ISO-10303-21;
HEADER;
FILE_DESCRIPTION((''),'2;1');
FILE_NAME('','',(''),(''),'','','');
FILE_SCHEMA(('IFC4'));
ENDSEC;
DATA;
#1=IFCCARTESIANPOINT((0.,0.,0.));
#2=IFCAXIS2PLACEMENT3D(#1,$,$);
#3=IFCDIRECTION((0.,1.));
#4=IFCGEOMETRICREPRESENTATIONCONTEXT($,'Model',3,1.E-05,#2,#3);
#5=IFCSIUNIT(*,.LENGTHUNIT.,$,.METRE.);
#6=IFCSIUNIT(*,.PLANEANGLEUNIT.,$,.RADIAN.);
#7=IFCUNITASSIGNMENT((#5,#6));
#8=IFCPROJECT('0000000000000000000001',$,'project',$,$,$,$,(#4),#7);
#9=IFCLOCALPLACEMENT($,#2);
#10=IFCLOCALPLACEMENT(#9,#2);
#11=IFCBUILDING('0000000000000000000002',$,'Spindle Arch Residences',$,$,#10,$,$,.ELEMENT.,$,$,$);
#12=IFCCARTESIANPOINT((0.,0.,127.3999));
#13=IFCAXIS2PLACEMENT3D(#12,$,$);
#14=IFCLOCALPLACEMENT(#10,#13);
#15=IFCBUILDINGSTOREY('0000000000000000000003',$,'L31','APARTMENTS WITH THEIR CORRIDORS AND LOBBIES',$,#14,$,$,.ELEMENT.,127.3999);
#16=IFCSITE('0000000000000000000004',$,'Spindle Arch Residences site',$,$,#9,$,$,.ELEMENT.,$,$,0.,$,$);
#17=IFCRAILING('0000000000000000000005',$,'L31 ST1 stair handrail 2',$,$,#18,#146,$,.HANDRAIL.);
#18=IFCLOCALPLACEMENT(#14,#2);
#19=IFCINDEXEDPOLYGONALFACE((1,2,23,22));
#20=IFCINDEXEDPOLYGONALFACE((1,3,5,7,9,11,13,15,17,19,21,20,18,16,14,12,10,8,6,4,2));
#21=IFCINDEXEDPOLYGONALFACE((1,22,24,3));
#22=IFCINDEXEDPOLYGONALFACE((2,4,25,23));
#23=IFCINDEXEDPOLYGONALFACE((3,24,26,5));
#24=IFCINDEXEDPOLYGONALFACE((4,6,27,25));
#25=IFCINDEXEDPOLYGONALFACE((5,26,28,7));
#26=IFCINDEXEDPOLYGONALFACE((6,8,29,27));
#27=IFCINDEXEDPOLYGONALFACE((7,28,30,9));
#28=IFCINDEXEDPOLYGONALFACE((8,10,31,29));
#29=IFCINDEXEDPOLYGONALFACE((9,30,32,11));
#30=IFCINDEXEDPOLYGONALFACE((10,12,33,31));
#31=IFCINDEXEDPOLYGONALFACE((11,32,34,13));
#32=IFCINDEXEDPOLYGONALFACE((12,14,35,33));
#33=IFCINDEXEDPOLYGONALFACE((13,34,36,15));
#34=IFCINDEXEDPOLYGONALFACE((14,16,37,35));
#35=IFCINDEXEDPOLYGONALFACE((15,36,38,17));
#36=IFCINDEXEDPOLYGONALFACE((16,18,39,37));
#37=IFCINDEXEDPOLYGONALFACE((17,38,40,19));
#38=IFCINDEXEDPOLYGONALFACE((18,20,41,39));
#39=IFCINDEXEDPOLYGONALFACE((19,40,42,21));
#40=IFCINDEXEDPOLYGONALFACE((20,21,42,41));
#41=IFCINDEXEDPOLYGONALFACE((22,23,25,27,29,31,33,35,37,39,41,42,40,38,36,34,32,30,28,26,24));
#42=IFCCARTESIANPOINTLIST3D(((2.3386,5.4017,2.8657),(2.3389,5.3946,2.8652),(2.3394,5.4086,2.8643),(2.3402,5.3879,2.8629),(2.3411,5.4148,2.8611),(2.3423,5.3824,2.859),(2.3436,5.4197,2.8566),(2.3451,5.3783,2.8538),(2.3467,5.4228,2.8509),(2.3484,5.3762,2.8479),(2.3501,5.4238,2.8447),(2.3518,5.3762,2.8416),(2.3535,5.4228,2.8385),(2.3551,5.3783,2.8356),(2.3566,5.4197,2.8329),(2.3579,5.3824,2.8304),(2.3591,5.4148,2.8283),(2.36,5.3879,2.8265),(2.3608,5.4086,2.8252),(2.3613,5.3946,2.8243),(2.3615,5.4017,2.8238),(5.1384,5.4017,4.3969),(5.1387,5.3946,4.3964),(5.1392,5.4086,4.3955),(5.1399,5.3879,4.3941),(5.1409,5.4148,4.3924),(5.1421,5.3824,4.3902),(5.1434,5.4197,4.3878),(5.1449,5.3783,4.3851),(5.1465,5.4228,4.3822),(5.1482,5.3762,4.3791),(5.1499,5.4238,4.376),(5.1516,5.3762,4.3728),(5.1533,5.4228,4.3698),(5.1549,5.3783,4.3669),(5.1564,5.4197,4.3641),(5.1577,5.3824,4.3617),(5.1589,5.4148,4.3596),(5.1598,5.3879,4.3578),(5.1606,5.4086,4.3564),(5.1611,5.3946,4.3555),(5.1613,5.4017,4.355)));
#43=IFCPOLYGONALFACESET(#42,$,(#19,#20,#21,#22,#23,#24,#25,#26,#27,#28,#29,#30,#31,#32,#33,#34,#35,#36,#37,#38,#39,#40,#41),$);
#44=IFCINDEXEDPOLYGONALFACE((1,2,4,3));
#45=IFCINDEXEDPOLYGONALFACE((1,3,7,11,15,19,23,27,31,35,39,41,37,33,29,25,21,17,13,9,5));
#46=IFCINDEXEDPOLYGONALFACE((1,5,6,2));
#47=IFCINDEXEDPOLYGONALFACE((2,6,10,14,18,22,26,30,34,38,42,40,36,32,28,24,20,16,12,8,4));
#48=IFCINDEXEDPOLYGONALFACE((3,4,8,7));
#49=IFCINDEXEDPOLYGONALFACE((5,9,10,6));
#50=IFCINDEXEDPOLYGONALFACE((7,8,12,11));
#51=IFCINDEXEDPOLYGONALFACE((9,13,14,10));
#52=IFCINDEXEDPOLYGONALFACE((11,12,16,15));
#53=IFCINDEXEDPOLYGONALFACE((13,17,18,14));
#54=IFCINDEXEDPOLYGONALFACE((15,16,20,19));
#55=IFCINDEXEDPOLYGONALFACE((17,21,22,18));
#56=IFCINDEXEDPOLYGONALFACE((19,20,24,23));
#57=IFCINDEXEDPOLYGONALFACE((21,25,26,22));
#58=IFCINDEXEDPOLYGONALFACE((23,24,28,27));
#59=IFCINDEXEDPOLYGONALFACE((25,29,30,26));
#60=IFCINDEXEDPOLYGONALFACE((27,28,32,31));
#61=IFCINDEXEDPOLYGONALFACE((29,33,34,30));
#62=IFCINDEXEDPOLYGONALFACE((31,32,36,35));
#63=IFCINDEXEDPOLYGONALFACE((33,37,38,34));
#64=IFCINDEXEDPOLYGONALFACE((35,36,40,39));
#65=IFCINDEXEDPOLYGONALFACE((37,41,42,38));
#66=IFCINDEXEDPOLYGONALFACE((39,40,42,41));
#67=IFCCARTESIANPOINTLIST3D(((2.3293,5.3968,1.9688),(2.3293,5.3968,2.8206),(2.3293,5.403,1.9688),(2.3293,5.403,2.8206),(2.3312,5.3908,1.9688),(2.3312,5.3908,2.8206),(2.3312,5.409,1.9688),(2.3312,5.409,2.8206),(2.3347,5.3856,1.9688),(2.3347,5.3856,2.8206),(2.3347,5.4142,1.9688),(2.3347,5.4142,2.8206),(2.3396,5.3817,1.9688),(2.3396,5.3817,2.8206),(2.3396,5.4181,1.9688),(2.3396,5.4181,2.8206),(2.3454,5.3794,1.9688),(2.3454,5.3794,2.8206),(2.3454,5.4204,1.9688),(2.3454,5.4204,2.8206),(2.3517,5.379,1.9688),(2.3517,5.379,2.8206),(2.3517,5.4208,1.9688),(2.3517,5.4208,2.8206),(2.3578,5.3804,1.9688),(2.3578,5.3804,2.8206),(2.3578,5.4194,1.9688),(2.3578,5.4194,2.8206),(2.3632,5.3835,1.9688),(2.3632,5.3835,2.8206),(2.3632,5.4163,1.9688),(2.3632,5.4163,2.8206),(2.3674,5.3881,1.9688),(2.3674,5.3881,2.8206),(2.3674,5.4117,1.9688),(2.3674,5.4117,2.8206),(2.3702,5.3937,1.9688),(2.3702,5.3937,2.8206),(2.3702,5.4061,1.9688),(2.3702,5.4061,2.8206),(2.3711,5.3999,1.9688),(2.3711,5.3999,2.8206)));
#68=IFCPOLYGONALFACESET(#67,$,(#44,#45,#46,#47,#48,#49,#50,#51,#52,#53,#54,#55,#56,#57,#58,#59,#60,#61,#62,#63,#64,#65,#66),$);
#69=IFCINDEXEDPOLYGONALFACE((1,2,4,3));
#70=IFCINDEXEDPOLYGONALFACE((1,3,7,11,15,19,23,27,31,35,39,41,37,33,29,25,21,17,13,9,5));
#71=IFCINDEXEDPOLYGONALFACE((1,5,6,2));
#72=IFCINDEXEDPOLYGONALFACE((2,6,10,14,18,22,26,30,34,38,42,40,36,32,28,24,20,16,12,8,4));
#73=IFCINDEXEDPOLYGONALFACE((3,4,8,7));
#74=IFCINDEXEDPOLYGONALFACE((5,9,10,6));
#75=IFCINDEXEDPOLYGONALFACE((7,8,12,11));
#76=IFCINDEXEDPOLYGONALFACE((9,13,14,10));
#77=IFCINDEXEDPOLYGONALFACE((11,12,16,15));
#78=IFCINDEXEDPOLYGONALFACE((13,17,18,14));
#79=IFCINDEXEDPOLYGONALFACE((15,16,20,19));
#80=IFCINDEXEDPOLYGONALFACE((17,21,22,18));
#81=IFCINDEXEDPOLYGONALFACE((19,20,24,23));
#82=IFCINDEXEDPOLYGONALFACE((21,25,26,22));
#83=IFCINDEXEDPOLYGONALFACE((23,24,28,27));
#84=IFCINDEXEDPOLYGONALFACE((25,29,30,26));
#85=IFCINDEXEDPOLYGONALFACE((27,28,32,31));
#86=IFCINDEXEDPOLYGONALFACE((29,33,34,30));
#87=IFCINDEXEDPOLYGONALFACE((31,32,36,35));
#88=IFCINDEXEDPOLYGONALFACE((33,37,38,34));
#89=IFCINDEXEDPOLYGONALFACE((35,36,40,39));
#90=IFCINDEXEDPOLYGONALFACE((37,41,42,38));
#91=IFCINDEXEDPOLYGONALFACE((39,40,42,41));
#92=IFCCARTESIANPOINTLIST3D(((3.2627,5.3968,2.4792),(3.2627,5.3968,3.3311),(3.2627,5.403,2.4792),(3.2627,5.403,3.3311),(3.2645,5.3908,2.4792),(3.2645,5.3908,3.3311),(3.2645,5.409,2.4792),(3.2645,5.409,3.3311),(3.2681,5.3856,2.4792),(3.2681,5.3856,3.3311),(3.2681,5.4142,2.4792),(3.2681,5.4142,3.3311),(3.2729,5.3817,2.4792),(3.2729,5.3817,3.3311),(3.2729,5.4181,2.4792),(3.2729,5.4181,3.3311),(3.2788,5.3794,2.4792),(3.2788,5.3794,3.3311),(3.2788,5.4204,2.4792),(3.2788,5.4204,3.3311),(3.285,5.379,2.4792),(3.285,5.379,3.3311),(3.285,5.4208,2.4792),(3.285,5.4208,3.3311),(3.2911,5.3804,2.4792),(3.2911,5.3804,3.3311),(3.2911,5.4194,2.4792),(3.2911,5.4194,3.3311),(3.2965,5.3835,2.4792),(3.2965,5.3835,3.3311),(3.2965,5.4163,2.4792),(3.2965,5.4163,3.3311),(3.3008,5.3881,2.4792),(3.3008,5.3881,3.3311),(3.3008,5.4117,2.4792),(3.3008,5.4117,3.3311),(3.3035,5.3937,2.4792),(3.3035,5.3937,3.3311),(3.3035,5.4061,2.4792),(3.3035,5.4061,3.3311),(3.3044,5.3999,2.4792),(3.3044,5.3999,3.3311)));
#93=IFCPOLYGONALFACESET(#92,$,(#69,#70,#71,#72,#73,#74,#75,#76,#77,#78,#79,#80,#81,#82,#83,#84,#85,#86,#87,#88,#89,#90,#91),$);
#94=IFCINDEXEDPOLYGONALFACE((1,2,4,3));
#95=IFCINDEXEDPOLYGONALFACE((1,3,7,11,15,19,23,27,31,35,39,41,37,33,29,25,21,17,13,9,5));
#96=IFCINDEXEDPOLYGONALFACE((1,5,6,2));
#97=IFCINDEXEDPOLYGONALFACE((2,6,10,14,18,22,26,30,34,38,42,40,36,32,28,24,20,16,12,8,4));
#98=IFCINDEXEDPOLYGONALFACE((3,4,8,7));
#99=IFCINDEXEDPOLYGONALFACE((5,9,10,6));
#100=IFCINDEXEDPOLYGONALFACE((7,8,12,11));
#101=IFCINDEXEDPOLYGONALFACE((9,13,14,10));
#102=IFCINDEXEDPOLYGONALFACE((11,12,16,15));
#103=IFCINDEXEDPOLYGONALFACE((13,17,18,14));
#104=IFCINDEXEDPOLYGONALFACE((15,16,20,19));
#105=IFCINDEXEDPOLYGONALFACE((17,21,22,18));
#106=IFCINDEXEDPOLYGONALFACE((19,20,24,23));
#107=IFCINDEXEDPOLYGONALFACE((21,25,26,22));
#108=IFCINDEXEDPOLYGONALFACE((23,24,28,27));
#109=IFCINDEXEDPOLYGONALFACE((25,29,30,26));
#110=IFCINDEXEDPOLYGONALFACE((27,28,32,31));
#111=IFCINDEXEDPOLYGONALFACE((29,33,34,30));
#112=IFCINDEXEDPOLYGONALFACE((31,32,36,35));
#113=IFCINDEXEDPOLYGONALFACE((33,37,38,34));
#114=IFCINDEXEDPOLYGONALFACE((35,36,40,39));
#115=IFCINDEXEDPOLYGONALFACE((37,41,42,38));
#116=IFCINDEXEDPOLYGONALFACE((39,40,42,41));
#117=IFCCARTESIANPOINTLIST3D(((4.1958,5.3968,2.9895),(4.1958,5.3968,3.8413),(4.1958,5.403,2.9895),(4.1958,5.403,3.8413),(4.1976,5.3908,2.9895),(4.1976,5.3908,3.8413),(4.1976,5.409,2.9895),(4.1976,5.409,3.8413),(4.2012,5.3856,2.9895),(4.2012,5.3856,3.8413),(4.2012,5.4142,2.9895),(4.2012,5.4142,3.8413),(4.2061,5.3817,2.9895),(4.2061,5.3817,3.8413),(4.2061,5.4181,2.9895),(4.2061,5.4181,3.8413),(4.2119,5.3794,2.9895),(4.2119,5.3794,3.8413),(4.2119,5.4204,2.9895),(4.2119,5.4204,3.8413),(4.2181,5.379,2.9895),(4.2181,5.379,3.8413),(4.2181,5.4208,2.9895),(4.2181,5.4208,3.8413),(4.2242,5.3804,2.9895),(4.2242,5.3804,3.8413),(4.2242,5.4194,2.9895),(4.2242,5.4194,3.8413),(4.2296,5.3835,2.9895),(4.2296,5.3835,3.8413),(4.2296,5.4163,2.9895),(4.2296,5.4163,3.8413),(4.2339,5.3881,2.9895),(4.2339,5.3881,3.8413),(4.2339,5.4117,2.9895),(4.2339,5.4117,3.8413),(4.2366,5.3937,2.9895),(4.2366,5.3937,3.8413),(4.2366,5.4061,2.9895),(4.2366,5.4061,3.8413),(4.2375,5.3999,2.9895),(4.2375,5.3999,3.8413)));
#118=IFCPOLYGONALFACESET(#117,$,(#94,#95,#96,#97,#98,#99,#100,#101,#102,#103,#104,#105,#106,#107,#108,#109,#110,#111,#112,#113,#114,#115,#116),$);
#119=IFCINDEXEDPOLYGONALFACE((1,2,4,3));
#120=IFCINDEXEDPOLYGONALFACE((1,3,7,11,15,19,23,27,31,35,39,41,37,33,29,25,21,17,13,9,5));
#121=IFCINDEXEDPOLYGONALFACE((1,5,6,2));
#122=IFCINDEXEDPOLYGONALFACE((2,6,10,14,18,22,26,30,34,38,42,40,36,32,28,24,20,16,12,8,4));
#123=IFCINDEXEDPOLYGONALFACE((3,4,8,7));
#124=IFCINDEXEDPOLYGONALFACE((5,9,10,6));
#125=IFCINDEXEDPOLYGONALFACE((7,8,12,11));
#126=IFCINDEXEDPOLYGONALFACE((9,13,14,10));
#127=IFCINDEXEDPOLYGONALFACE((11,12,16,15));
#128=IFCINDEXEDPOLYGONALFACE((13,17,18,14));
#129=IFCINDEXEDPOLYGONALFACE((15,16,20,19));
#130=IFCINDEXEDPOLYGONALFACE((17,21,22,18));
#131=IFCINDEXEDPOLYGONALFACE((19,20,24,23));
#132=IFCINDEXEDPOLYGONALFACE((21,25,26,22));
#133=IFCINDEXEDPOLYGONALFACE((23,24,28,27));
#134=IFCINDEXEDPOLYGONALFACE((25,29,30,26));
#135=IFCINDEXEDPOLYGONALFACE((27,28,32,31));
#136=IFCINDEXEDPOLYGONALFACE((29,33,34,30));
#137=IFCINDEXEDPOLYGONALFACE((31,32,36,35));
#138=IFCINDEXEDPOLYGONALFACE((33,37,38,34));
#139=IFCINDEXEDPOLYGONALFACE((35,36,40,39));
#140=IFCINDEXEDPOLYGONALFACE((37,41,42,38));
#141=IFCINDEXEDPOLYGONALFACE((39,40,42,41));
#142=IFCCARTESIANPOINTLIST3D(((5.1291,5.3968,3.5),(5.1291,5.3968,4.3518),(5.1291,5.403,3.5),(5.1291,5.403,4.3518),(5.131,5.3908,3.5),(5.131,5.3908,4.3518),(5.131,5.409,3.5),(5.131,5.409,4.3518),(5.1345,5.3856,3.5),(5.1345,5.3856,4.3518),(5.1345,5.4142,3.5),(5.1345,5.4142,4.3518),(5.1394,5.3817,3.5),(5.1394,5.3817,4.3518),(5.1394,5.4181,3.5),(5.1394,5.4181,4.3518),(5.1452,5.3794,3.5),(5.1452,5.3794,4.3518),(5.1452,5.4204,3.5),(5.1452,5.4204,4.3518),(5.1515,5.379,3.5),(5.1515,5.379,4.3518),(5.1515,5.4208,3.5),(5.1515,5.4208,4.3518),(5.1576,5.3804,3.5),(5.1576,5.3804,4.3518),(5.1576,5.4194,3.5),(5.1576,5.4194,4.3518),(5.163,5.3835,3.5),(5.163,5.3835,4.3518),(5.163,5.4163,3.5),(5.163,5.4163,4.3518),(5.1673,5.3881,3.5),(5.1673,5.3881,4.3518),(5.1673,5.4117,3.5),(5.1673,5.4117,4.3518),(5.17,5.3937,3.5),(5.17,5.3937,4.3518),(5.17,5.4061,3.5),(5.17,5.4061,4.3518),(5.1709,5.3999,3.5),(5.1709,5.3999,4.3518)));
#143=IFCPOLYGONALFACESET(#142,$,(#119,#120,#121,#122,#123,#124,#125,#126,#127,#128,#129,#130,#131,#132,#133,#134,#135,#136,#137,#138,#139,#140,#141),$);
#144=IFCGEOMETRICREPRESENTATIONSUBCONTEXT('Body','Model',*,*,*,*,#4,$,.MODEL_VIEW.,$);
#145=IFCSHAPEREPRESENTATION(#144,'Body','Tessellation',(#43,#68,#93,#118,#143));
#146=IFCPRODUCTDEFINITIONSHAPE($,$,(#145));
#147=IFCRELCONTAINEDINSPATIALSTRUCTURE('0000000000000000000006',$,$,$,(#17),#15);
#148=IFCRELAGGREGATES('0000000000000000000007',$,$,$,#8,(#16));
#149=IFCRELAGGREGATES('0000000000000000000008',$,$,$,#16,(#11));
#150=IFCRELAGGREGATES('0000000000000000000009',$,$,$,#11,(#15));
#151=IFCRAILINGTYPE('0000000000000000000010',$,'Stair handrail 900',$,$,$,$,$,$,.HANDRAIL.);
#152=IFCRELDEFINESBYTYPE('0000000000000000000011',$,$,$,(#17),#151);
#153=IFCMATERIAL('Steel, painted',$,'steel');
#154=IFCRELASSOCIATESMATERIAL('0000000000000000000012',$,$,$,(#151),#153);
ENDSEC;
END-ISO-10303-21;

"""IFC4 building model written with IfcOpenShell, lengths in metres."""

from ifc_helpers import new_model, si_unit, direction, frame, origin, origin_2d, place, context, subcontext, project, spatial, circle, extrude, material, type_object, element, save


model = new_model("IFC4")

# Units and contexts
model_context = context("Model", 3, precision=1e-05, world=origin(), true_north=direction((0.0, 1.0)))
body_context = subcontext(model_context, "Body", "Model", "MODEL_VIEW")
ifc_project = project(units=[si_unit("LENGTHUNIT", "METRE"), si_unit("PLANEANGLEUNIT", "RADIAN")], contexts=[model_context])

# Site, building, storey
site_placement = place(None, origin())
site = spatial("IfcSite", under=ifc_project, at=site_placement, Name="Spindle Arch Residences site", CompositionType="ELEMENT", RefElevation=0.0)
building_placement = place(site_placement, origin())
building = spatial("IfcBuilding", under=site, at=building_placement, Name="Spindle Arch Residences", CompositionType="ELEMENT")
storey_placement = place(building_placement, frame((0.0, 0.0, 127.3999)))
storey = spatial("IfcBuildingStorey", under=building, at=storey_placement, Name="L31", Description="APARTMENTS WITH THEIR CORRIDORS AND LOBBIES", CompositionType="ELEMENT", Elevation=127.3999)

# Railing
ifc_material_1 = material(Name="Steel, painted", Category="steel")
railing_type_1 = type_object("IfcRailingType", Name="Stair handrail 900", PredefinedType="HANDRAIL", material=ifc_material_1)
railing_1_placement = place(storey_placement, frame((2.3501, 5.3999, 1.9688)))
element("IfcRailing", 1, at=railing_1_placement, inside=storey, type_object=railing_type_1, Name="L31 ST1 stair handrail 2", PredefinedType="HANDRAIL", context=body_context, shape_type="SweptSolid", body=[
    extrude(circle(Radius=0.0239, at=origin_2d()), frame((0.0, 0.0, 0.876), z_axis=(0.877357, 0.0, 0.479838), x_axis=(0.0, 1.0, 0.0)), (0.0, 0.0, 1.0), 3.1912),
    extrude(circle(Radius=0.021, at=origin_2d()), origin(), (0.0, 0.0, 1.0), 0.8518),
    extrude(circle(Radius=0.021, at=origin_2d()), frame((0.9333, 0.0, 0.5105)), (0.0, 0.0, 1.0), 0.8518),
    extrude(circle(Radius=0.021, at=origin_2d()), frame((1.8665, 0.0, 1.0208)), (0.0, 0.0, 1.0), 0.8518),
    extrude(circle(Radius=0.021, at=origin_2d()), frame((2.7998, 0.0, 1.5312)), (0.0, 0.0, 1.0), 0.8518),
])

save(model, "model.ifc")
